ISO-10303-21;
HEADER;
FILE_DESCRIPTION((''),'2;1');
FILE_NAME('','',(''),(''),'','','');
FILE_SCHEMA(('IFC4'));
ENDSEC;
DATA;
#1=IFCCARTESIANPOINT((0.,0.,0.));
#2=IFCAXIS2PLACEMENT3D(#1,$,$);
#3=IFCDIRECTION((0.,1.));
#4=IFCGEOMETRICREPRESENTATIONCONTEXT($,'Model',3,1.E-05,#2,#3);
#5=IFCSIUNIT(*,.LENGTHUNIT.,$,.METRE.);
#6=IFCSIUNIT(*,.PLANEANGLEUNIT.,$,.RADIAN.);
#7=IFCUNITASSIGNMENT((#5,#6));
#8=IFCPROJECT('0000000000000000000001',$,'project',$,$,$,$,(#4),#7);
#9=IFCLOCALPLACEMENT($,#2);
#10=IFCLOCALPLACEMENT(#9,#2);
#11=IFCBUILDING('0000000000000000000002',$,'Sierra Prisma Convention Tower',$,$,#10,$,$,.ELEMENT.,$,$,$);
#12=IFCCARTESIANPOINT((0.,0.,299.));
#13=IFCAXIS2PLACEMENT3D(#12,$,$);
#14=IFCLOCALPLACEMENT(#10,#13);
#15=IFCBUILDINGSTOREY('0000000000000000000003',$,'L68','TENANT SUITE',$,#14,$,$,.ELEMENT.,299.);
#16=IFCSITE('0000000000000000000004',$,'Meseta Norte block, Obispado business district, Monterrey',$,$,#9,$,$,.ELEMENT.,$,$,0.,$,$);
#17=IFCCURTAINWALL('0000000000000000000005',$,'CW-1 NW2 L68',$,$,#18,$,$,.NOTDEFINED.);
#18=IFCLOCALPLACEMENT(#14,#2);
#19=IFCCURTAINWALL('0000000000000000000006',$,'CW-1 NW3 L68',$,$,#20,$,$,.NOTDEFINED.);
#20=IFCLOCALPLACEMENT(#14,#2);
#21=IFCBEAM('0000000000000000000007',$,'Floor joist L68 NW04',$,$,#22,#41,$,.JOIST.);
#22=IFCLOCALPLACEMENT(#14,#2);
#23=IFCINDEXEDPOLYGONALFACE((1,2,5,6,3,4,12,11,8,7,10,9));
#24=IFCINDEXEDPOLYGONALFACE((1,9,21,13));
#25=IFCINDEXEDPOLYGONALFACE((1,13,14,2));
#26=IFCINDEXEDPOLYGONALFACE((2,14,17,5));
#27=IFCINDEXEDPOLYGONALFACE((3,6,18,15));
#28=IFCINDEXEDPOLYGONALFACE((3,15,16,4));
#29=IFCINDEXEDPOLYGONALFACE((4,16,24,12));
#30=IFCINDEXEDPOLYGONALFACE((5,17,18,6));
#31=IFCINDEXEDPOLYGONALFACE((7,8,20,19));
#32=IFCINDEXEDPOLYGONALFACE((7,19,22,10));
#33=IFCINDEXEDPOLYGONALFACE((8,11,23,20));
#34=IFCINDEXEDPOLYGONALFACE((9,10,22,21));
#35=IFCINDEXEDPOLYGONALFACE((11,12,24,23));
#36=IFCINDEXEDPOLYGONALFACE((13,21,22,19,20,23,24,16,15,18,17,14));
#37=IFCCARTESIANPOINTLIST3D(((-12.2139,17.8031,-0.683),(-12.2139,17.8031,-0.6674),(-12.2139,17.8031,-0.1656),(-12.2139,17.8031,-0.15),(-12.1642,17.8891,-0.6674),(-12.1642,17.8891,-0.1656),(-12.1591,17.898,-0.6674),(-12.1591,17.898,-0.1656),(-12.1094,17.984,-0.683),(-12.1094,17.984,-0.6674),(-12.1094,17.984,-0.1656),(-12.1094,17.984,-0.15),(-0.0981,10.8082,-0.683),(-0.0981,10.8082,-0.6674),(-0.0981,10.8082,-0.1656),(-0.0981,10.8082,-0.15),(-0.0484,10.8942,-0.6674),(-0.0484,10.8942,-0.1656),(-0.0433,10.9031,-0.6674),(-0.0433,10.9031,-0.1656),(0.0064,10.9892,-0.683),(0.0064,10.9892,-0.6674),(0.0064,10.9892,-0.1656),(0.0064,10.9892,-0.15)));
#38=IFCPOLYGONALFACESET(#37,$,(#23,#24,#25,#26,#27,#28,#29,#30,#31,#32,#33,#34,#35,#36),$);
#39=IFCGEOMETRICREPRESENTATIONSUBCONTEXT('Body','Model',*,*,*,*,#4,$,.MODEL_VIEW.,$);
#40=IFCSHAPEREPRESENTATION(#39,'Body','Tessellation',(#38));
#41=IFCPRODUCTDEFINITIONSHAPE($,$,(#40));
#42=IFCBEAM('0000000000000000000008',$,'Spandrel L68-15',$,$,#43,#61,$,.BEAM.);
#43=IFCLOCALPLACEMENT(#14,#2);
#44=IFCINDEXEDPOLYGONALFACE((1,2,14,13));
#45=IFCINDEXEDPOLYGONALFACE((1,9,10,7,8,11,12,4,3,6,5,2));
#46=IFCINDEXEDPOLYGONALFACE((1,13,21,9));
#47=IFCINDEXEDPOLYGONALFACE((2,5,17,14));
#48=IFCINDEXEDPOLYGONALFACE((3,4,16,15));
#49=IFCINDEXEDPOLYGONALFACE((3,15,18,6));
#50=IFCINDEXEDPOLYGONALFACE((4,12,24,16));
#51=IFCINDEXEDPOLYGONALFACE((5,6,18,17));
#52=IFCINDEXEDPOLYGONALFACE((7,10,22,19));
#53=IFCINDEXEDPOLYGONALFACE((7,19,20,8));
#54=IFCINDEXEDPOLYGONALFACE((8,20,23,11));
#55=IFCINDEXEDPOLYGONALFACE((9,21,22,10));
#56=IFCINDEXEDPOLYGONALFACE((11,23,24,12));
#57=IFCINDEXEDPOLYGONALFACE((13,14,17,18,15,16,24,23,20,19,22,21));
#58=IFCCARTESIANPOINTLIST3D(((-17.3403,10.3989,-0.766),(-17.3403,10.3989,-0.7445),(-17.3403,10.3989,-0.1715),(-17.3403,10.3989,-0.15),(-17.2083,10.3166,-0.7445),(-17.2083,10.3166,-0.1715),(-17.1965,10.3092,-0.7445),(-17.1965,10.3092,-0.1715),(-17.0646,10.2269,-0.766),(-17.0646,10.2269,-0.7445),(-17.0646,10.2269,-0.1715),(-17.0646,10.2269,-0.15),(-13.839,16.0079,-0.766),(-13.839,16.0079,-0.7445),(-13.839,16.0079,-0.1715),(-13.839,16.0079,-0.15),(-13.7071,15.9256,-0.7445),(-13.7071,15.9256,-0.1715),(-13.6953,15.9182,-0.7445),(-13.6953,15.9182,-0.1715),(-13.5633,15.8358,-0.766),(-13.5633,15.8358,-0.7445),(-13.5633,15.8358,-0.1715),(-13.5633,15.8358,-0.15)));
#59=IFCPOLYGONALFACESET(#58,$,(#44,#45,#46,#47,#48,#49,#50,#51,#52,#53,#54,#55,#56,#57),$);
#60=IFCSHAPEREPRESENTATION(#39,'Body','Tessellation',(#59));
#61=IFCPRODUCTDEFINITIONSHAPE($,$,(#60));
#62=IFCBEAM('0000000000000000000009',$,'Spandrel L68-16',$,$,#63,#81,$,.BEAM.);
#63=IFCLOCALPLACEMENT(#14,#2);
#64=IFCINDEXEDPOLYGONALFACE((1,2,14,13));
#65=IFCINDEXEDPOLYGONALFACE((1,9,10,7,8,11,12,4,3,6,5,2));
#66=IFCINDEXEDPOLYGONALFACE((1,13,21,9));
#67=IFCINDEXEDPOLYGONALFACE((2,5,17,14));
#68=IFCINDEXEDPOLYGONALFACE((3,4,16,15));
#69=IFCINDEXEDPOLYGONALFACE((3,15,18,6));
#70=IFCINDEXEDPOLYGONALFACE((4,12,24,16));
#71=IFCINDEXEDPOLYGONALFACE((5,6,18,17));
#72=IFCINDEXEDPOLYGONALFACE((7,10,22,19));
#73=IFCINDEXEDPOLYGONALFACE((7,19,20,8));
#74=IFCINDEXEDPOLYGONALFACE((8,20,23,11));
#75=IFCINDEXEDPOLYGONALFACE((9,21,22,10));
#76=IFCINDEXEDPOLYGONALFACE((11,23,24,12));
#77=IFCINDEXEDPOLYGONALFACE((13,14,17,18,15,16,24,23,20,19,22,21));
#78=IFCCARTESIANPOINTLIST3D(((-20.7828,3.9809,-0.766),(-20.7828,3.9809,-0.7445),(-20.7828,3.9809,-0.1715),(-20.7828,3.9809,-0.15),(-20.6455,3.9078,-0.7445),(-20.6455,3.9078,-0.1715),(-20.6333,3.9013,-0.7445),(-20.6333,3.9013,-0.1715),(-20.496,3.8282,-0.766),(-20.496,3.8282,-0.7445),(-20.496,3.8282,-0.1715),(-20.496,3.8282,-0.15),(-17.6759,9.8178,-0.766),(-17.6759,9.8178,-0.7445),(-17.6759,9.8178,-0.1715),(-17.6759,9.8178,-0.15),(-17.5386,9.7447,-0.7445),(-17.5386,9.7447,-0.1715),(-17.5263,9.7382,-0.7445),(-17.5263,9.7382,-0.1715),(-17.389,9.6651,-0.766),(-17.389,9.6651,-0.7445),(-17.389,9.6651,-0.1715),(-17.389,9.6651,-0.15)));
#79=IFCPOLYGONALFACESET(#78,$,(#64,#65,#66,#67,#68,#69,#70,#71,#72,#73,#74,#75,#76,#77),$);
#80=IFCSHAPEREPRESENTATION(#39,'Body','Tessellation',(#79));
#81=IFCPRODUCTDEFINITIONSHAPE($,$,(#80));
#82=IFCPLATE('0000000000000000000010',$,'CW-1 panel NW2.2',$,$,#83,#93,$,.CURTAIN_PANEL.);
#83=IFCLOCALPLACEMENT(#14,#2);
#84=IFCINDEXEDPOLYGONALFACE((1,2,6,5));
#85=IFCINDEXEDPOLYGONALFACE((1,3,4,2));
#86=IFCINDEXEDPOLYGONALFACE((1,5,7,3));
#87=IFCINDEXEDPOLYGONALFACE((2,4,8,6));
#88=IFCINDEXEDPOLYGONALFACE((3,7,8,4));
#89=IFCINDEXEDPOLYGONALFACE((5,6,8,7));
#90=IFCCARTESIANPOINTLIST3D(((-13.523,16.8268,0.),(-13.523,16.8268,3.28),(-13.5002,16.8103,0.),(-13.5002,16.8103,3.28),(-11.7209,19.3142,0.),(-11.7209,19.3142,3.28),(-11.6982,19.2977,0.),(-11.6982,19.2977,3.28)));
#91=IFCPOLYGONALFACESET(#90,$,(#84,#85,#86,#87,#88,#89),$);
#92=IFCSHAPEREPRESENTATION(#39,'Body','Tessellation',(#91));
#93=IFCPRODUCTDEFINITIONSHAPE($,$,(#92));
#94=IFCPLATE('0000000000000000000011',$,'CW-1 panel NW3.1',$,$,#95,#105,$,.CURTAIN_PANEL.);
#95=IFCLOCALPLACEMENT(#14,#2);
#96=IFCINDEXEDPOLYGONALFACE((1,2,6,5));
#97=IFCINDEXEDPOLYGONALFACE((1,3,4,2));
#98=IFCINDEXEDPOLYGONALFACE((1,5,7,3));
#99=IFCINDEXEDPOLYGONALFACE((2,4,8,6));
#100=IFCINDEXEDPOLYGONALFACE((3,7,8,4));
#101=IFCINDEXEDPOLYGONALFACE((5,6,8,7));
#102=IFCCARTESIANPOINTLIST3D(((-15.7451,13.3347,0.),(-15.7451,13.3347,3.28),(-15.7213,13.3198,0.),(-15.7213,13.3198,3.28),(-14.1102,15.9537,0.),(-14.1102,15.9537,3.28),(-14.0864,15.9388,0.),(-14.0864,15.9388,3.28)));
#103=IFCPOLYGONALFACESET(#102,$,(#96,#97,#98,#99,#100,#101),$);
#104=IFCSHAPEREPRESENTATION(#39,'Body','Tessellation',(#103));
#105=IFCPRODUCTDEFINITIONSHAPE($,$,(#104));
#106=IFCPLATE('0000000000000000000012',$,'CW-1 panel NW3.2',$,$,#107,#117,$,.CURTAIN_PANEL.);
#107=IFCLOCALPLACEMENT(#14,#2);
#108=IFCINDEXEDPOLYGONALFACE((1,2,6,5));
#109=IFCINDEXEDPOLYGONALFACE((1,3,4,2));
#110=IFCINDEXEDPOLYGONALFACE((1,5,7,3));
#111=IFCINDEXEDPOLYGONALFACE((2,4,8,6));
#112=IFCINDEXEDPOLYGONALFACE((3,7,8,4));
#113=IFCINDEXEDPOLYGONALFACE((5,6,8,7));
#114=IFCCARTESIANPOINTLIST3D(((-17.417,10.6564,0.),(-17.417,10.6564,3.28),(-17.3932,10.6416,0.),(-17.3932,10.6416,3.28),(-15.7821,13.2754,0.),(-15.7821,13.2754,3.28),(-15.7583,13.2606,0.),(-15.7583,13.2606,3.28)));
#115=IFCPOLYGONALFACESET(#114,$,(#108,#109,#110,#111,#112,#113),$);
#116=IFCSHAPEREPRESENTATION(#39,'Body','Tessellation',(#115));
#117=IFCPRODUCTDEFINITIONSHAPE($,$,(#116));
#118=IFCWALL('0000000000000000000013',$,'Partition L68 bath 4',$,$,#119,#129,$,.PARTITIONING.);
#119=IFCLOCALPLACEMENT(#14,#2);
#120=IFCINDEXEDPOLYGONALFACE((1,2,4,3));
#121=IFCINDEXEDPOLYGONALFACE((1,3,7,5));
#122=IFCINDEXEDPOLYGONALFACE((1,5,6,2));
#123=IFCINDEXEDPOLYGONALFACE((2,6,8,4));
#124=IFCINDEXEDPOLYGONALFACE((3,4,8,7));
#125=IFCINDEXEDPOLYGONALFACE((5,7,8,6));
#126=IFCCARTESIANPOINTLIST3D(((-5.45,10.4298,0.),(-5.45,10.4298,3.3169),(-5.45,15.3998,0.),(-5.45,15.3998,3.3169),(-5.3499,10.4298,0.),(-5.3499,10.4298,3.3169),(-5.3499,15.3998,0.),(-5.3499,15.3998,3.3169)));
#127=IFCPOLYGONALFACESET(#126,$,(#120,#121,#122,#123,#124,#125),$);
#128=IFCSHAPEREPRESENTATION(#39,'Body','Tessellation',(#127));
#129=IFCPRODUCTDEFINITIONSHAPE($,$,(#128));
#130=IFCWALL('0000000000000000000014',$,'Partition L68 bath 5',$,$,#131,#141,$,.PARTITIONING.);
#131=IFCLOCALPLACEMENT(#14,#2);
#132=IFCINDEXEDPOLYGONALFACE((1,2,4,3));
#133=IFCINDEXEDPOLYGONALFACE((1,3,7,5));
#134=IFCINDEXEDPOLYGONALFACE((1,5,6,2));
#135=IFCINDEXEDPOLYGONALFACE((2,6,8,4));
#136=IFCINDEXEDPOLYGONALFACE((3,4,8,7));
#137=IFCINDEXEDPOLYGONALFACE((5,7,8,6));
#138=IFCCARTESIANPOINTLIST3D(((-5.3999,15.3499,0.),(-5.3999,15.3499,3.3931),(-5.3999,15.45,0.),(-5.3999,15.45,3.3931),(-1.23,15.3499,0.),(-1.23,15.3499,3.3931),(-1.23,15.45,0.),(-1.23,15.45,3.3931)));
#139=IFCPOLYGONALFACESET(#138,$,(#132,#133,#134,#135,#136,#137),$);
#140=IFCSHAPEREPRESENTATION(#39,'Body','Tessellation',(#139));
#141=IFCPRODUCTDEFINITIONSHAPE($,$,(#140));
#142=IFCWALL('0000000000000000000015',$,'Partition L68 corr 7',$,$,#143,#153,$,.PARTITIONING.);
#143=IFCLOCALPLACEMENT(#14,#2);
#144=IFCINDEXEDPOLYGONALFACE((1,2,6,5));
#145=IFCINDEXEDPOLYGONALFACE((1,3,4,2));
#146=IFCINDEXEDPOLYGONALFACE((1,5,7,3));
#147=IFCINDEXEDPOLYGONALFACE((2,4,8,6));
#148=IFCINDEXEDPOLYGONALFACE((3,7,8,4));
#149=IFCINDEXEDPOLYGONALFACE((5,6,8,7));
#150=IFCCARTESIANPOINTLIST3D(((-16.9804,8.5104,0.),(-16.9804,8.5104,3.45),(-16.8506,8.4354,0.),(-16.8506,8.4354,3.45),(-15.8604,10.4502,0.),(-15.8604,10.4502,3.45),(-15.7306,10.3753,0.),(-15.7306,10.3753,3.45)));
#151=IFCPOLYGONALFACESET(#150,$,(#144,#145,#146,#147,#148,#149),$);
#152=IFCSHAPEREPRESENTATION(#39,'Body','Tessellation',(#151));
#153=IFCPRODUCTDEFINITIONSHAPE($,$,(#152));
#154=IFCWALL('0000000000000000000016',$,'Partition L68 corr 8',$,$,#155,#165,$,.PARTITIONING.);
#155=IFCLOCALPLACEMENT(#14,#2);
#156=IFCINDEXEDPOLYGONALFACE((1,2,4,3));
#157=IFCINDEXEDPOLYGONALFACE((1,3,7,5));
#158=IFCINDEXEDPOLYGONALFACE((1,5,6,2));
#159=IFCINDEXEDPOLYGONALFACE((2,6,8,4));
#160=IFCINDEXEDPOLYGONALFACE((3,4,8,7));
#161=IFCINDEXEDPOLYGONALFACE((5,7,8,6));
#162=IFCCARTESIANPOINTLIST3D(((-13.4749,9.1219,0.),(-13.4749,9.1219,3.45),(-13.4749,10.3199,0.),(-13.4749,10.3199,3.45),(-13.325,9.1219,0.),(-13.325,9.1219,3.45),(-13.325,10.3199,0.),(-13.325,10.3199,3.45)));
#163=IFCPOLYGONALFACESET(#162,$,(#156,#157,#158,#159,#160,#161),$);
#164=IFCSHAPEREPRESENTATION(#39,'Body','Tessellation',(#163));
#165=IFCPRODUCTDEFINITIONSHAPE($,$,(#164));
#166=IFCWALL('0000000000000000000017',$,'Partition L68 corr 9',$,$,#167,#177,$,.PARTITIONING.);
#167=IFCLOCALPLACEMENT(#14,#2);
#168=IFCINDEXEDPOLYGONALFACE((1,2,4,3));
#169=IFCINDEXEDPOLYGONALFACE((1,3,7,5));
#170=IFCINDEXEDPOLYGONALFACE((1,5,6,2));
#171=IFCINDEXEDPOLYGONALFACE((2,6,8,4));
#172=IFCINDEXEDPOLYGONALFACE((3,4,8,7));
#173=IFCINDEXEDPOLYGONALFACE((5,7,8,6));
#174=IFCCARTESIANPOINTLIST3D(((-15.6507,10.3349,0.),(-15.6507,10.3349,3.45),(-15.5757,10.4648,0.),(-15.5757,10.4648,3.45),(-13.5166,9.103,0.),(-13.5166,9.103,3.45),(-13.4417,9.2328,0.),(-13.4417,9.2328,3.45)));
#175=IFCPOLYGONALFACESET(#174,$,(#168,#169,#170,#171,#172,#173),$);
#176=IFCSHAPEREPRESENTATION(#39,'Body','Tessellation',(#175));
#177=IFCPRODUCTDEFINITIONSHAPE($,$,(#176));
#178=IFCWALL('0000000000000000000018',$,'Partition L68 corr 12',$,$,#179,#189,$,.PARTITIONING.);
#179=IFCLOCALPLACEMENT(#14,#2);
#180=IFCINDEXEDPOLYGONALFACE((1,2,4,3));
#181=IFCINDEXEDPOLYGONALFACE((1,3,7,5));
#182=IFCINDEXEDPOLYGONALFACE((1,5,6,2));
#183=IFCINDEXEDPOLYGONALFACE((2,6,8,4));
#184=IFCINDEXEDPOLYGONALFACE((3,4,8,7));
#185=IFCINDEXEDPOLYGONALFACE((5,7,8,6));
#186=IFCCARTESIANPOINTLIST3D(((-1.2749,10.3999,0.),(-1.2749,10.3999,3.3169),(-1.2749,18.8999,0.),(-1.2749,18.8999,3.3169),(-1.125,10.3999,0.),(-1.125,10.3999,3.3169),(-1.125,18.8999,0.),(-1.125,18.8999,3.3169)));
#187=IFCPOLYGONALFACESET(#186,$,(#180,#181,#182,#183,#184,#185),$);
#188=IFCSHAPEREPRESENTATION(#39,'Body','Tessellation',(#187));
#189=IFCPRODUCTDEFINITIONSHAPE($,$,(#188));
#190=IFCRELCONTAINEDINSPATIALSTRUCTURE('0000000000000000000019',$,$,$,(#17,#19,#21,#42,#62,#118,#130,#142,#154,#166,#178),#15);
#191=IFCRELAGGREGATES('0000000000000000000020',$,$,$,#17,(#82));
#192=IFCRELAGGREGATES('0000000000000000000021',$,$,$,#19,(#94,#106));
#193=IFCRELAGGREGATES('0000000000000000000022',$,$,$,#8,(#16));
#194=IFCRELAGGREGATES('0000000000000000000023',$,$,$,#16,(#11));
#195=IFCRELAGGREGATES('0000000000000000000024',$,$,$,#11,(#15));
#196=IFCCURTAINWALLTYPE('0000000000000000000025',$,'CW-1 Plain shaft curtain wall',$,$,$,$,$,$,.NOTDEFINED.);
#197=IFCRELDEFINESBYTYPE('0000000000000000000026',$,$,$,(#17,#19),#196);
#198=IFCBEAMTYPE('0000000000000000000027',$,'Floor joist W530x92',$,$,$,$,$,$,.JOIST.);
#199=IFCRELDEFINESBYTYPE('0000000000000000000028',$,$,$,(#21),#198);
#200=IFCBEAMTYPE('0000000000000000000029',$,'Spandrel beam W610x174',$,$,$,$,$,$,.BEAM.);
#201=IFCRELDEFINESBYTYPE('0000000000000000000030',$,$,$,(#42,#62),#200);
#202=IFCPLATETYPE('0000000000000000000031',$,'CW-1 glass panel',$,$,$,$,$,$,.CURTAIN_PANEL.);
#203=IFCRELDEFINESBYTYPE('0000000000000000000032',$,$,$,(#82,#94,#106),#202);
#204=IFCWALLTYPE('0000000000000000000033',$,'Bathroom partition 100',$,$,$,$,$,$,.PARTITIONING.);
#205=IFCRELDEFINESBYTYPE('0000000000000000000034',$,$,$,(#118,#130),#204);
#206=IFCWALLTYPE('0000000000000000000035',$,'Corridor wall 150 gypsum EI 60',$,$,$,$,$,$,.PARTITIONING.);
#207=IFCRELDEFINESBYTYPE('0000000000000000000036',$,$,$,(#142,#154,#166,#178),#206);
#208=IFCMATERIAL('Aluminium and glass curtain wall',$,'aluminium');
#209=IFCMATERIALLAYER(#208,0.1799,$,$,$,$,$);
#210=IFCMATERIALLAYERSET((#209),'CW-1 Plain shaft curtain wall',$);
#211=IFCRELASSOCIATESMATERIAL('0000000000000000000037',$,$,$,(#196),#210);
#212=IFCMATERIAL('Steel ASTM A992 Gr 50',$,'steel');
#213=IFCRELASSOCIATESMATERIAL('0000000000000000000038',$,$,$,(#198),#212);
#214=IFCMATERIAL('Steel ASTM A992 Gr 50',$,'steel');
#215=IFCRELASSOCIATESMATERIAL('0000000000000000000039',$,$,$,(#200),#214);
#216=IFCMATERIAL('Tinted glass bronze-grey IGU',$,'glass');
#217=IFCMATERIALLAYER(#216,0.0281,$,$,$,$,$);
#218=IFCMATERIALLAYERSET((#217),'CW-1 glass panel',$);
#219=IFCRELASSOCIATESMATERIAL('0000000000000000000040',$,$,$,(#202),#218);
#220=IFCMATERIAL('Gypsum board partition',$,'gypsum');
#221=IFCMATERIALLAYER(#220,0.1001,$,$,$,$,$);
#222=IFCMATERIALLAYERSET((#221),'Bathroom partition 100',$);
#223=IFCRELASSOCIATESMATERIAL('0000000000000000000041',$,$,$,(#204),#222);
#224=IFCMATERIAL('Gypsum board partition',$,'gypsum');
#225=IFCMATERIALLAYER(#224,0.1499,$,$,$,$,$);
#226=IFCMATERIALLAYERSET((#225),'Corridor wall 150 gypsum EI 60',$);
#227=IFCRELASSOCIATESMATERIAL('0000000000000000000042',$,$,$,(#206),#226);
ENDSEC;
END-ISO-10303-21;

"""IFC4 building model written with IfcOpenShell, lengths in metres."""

from ifc_helpers import new_model, si_unit, direction, frame, frame_2d, origin, origin_2d, place, context, subcontext, project, spatial, rectangle, i_section, extrude, material, layer, layer_set, material_profile, profile_set, type_object, element, aggregate, save


model = new_model("IFC4")

# Units and contexts
model_context = context("Model", 3, precision=1e-05, world=origin(), true_north=direction((0.0, 1.0)))
body_context = subcontext(model_context, "Body", "Model", "MODEL_VIEW")
ifc_project = project(units=[si_unit("LENGTHUNIT", "METRE"), si_unit("PLANEANGLEUNIT", "RADIAN")], contexts=[model_context])

# Site, building, storey
site_placement = place(None, origin())
site = spatial("IfcSite", under=ifc_project, at=site_placement, Name="Meseta Norte block, Obispado business district, Monterrey", CompositionType="ELEMENT", RefElevation=0.0)
building_placement = place(site_placement, origin())
building = spatial("IfcBuilding", under=site, at=building_placement, Name="Sierra Prisma Convention Tower", CompositionType="ELEMENT")
storey_placement = place(building_placement, frame((0.0, 0.0, 299.0)))
storey = spatial("IfcBuildingStorey", under=building, at=storey_placement, Name="L68", Description="TENANT SUITE", CompositionType="ELEMENT", Elevation=299.0)

# Curtain wall
ifc_material_1 = material(Name="Aluminium and glass curtain wall", Category="aluminium")
ifc_layer_1 = layer(ifc_material_1, 0.1799)
ifc_layer_set_1 = layer_set([ifc_layer_1], Name="CW-1 Plain shaft curtain wall")
curtain_wall_type = type_object("IfcCurtainWallType", Name="CW-1 Plain shaft curtain wall", PredefinedType="NOTDEFINED", material=ifc_layer_set_1)
curtain_wall_1_placement = place(storey_placement, origin())
curtain_wall_1 = element("IfcCurtainWall", 1, at=curtain_wall_1_placement, inside=storey, type_object=curtain_wall_type, Name="CW-1 NW2 L68", PredefinedType="NOTDEFINED")

# Curtain wall
curtain_wall_2_placement = place(storey_placement, origin())
curtain_wall_2 = element("IfcCurtainWall", 2, at=curtain_wall_2_placement, inside=storey, type_object=curtain_wall_type, Name="CW-1 NW3 L68", PredefinedType="NOTDEFINED")

# Beams
ifc_material_2 = material(Name="Steel ASTM A992 Gr 50", Category="steel")
ifc_material_profile_1 = material_profile(ifc_material_2, i_section(OverallWidth=0.209, OverallDepth=0.533, WebThickness=0.0103, FlangeThickness=0.0156, at=origin_2d()), Name="W530x92")
ifc_profile_set_1 = profile_set([ifc_material_profile_1], Name="Steel ASTM A992 Gr 50")
beam_type_1 = type_object("IfcBeamType", Name="Floor joist W530x92", PredefinedType="JOIST", material=ifc_profile_set_1)
beam_1_placement = place(storey_placement, frame((-12.1616, 17.8936, -0.4165), z_axis=(0.86603, -0.499992, 0.0), x_axis=(0.499992, 0.86603, 0.0)))
element("IfcBeam", 3, at=beam_1_placement, inside=storey, type_object=beam_type_1, Name="Floor joist L68 NW04", PredefinedType="JOIST", context=body_context, shape_type="SweptSolid", body=[
    extrude(i_section(OverallWidth=0.209, OverallDepth=0.533, WebThickness=0.0103, FlangeThickness=0.0156, at=origin_2d()), origin(), (0.0, 0.0, 1.0), 13.99),
])
ifc_material_3 = material(Name="Steel ASTM A992 Gr 50", Category="steel")
ifc_material_profile_2 = material_profile(ifc_material_3, i_section(OverallWidth=0.325, OverallDepth=0.616, WebThickness=0.0139, FlangeThickness=0.0215, at=origin_2d()), Name="W610x174")
ifc_profile_set_2 = profile_set([ifc_material_profile_2], Name="Steel ASTM A992 Gr 50")
beam_type_2 = type_object("IfcBeamType", Name="Spandrel beam W610x174", PredefinedType="BEAM", material=ifc_profile_set_2)
beam_2_placement = place(storey_placement, frame((-13.7012, 15.9219, -0.458), z_axis=(-0.529528, -0.848293, 0.0), x_axis=(0.848293, -0.529528, 0.0)))
element("IfcBeam", 4, at=beam_2_placement, inside=storey, type_object=beam_type_2, Name="Spandrel L68-15", PredefinedType="BEAM", context=body_context, shape_type="SweptSolid", body=[
    extrude(i_section(OverallWidth=0.325, OverallDepth=0.616, WebThickness=0.0139, FlangeThickness=0.0215, at=origin_2d()), origin(), (0.0, 0.0, 1.0), 6.6121),
])
beam_3_placement = place(storey_placement, frame((-17.5325, 9.7415, -0.458), z_axis=(-0.469871, -0.882735, 0.0), x_axis=(0.882735, -0.469871, 0.0)))
element("IfcBeam", 5, at=beam_3_placement, inside=storey, type_object=beam_type_2, Name="Spandrel L68-16", PredefinedType="BEAM", context=body_context, shape_type="SweptSolid", body=[
    extrude(i_section(OverallWidth=0.325, OverallDepth=0.616, WebThickness=0.0139, FlangeThickness=0.0215, at=origin_2d()), origin(), (0.0, 0.0, 1.0), 6.6123),
])

# Plates
ifc_material_4 = material(Name="Tinted glass bronze-grey IGU", Category="glass")
ifc_layer_2 = layer(ifc_material_4, 0.0281)
ifc_layer_set_2 = layer_set([ifc_layer_2], Name="CW-1 glass panel")
plate_type = type_object("IfcPlateType", Name="CW-1 glass panel", PredefinedType="CURTAIN_PANEL", material=ifc_layer_set_2)
plate_1_placement = place(storey_placement, frame((-12.6106, 18.0623, 0.0), z_axis=(0.0, 0.0, 1.0), x_axis=(-0.586691, -0.809811, 0.0)))
plate_1 = element("IfcPlate", 6, at=plate_1_placement, type_object=plate_type, Name="CW-1 panel NW2.2", PredefinedType="CURTAIN_PANEL", context=body_context, shape_type="SweptSolid", body=[
    extrude(rectangle(XDim=3.0715, YDim=0.0281, at=origin_2d()), origin(), (0.0, 0.0, 1.0), 3.28),
])
aggregate(curtain_wall_1, [plate_1])
plate_2_placement = place(storey_placement, frame((-14.9158, 14.6367, 0.0), z_axis=(0.0, 0.0, 1.0), x_axis=(-0.529537, -0.848287, 0.0)))
plate_2 = element("IfcPlate", 7, at=plate_2_placement, type_object=plate_type, Name="CW-1 panel NW3.1", PredefinedType="CURTAIN_PANEL", context=body_context, shape_type="SweptSolid", body=[
    extrude(rectangle(XDim=3.0874, YDim=0.0281, at=origin_2d()), origin(), (0.0, 0.0, 1.0), 3.28),
])
plate_3_placement = place(storey_placement, frame((-16.5876, 11.9585, 0.0), z_axis=(0.0, 0.0, 1.0), x_axis=(-0.529537, -0.848287, 0.0)))
plate_3 = element("IfcPlate", 8, at=plate_3_placement, type_object=plate_type, Name="CW-1 panel NW3.2", PredefinedType="CURTAIN_PANEL", context=body_context, shape_type="SweptSolid", body=[
    extrude(rectangle(XDim=3.0874, YDim=0.0281, at=origin_2d()), origin(), (0.0, 0.0, 1.0), 3.28),
])
aggregate(curtain_wall_2, [plate_2, plate_3])

# Walls
ifc_material_5 = material(Name="Gypsum board partition", Category="gypsum")
ifc_layer_3 = layer(ifc_material_5, 0.1001)
ifc_layer_set_3 = layer_set([ifc_layer_3], Name="Bathroom partition 100")
wall_type_1 = type_object("IfcWallType", Name="Bathroom partition 100", PredefinedType="PARTITIONING", material=ifc_layer_set_3)
wall_1_placement = place(storey_placement, frame((-5.3999, 10.4299, 0.0), z_axis=(0.0, 0.0, 1.0), x_axis=(0.0, 1.0, 0.0)))
element("IfcWall", 9, at=wall_1_placement, inside=storey, type_object=wall_type_1, Name="Partition L68 bath 4", PredefinedType="PARTITIONING", context=body_context, shape_type="SweptSolid", body=[
    extrude(rectangle(XDim=4.97, YDim=0.1001, at=frame_2d((2.4849, 0.0))), origin(), (0.0, 0.0, 1.0), 3.3169),
])
wall_2_placement = place(storey_placement, frame((-5.3999, 15.3999, 0.0), z_axis=(0.0, 0.0, 1.0), x_axis=(1.0, 0.0, 0.0)))
element("IfcWall", 10, at=wall_2_placement, inside=storey, type_object=wall_type_1, Name="Partition L68 bath 5", PredefinedType="PARTITIONING", context=body_context, shape_type="SweptSolid", body=[
    extrude(rectangle(XDim=4.1699, YDim=0.1001, at=frame_2d((2.085, 0.0))), origin(), (0.0, 0.0, 1.0), 3.3931),
])
ifc_material_6 = material(Name="Gypsum board partition", Category="gypsum")
ifc_layer_4 = layer(ifc_material_6, 0.1499)
ifc_layer_set_4 = layer_set([ifc_layer_4], Name="Corridor wall 150 gypsum EI 60")
wall_type_2 = type_object("IfcWallType", Name="Corridor wall 150 gypsum EI 60", PredefinedType="PARTITIONING", material=ifc_layer_set_4)
wall_3_placement = place(storey_placement, frame((-15.7954, 10.4128, 0.0), z_axis=(0.0, 0.0, 1.0), x_axis=(-0.500031, -0.866008, 0.0)))
element("IfcWall", 11, at=wall_3_placement, inside=storey, type_object=wall_type_2, Name="Partition L68 corr 7", PredefinedType="PARTITIONING", context=body_context, shape_type="SweptSolid", body=[
    extrude(rectangle(XDim=2.24, YDim=0.1499, at=frame_2d((1.1201, 0.0))), origin(), (0.0, 0.0, 1.0), 3.45),
])
wall_4_placement = place(storey_placement, frame((-13.3999, 10.3201, 0.0), z_axis=(0.0, 0.0, 1.0), x_axis=(0.0, -1.0, 0.0)))
element("IfcWall", 12, at=wall_4_placement, inside=storey, type_object=wall_type_2, Name="Partition L68 corr 8", PredefinedType="PARTITIONING", context=body_context, shape_type="SweptSolid", body=[
    extrude(rectangle(XDim=1.198, YDim=0.1499, at=frame_2d((0.5991, 0.0))), origin(), (0.0, 0.0, 1.0), 3.45),
])
wall_5_placement = place(storey_placement, frame((-13.4792, 9.168, 0.0), z_axis=(0.0, 0.0, 1.0), x_axis=(-0.866052, 0.499954, 0.0)))
element("IfcWall", 13, at=wall_5_placement, inside=storey, type_object=wall_type_2, Name="Partition L68 corr 9", PredefinedType="PARTITIONING", context=body_context, shape_type="SweptSolid", body=[
    extrude(rectangle(XDim=2.4641, YDim=0.1499, at=frame_2d((1.2319, 0.0))), origin(), (0.0, 0.0, 1.0), 3.45),
])
wall_6_placement = place(storey_placement, frame((-1.2, 18.8999, 0.0), z_axis=(0.0, 0.0, 1.0), x_axis=(0.0, -1.0, 0.0)))
element("IfcWall", 14, at=wall_6_placement, inside=storey, type_object=wall_type_2, Name="Partition L68 corr 12", PredefinedType="PARTITIONING", context=body_context, shape_type="SweptSolid", body=[
    extrude(rectangle(XDim=8.5, YDim=0.1499, at=frame_2d((4.25, 0.0))), origin(), (0.0, 0.0, 1.0), 3.3169),
])

save(model, "model.ifc")
